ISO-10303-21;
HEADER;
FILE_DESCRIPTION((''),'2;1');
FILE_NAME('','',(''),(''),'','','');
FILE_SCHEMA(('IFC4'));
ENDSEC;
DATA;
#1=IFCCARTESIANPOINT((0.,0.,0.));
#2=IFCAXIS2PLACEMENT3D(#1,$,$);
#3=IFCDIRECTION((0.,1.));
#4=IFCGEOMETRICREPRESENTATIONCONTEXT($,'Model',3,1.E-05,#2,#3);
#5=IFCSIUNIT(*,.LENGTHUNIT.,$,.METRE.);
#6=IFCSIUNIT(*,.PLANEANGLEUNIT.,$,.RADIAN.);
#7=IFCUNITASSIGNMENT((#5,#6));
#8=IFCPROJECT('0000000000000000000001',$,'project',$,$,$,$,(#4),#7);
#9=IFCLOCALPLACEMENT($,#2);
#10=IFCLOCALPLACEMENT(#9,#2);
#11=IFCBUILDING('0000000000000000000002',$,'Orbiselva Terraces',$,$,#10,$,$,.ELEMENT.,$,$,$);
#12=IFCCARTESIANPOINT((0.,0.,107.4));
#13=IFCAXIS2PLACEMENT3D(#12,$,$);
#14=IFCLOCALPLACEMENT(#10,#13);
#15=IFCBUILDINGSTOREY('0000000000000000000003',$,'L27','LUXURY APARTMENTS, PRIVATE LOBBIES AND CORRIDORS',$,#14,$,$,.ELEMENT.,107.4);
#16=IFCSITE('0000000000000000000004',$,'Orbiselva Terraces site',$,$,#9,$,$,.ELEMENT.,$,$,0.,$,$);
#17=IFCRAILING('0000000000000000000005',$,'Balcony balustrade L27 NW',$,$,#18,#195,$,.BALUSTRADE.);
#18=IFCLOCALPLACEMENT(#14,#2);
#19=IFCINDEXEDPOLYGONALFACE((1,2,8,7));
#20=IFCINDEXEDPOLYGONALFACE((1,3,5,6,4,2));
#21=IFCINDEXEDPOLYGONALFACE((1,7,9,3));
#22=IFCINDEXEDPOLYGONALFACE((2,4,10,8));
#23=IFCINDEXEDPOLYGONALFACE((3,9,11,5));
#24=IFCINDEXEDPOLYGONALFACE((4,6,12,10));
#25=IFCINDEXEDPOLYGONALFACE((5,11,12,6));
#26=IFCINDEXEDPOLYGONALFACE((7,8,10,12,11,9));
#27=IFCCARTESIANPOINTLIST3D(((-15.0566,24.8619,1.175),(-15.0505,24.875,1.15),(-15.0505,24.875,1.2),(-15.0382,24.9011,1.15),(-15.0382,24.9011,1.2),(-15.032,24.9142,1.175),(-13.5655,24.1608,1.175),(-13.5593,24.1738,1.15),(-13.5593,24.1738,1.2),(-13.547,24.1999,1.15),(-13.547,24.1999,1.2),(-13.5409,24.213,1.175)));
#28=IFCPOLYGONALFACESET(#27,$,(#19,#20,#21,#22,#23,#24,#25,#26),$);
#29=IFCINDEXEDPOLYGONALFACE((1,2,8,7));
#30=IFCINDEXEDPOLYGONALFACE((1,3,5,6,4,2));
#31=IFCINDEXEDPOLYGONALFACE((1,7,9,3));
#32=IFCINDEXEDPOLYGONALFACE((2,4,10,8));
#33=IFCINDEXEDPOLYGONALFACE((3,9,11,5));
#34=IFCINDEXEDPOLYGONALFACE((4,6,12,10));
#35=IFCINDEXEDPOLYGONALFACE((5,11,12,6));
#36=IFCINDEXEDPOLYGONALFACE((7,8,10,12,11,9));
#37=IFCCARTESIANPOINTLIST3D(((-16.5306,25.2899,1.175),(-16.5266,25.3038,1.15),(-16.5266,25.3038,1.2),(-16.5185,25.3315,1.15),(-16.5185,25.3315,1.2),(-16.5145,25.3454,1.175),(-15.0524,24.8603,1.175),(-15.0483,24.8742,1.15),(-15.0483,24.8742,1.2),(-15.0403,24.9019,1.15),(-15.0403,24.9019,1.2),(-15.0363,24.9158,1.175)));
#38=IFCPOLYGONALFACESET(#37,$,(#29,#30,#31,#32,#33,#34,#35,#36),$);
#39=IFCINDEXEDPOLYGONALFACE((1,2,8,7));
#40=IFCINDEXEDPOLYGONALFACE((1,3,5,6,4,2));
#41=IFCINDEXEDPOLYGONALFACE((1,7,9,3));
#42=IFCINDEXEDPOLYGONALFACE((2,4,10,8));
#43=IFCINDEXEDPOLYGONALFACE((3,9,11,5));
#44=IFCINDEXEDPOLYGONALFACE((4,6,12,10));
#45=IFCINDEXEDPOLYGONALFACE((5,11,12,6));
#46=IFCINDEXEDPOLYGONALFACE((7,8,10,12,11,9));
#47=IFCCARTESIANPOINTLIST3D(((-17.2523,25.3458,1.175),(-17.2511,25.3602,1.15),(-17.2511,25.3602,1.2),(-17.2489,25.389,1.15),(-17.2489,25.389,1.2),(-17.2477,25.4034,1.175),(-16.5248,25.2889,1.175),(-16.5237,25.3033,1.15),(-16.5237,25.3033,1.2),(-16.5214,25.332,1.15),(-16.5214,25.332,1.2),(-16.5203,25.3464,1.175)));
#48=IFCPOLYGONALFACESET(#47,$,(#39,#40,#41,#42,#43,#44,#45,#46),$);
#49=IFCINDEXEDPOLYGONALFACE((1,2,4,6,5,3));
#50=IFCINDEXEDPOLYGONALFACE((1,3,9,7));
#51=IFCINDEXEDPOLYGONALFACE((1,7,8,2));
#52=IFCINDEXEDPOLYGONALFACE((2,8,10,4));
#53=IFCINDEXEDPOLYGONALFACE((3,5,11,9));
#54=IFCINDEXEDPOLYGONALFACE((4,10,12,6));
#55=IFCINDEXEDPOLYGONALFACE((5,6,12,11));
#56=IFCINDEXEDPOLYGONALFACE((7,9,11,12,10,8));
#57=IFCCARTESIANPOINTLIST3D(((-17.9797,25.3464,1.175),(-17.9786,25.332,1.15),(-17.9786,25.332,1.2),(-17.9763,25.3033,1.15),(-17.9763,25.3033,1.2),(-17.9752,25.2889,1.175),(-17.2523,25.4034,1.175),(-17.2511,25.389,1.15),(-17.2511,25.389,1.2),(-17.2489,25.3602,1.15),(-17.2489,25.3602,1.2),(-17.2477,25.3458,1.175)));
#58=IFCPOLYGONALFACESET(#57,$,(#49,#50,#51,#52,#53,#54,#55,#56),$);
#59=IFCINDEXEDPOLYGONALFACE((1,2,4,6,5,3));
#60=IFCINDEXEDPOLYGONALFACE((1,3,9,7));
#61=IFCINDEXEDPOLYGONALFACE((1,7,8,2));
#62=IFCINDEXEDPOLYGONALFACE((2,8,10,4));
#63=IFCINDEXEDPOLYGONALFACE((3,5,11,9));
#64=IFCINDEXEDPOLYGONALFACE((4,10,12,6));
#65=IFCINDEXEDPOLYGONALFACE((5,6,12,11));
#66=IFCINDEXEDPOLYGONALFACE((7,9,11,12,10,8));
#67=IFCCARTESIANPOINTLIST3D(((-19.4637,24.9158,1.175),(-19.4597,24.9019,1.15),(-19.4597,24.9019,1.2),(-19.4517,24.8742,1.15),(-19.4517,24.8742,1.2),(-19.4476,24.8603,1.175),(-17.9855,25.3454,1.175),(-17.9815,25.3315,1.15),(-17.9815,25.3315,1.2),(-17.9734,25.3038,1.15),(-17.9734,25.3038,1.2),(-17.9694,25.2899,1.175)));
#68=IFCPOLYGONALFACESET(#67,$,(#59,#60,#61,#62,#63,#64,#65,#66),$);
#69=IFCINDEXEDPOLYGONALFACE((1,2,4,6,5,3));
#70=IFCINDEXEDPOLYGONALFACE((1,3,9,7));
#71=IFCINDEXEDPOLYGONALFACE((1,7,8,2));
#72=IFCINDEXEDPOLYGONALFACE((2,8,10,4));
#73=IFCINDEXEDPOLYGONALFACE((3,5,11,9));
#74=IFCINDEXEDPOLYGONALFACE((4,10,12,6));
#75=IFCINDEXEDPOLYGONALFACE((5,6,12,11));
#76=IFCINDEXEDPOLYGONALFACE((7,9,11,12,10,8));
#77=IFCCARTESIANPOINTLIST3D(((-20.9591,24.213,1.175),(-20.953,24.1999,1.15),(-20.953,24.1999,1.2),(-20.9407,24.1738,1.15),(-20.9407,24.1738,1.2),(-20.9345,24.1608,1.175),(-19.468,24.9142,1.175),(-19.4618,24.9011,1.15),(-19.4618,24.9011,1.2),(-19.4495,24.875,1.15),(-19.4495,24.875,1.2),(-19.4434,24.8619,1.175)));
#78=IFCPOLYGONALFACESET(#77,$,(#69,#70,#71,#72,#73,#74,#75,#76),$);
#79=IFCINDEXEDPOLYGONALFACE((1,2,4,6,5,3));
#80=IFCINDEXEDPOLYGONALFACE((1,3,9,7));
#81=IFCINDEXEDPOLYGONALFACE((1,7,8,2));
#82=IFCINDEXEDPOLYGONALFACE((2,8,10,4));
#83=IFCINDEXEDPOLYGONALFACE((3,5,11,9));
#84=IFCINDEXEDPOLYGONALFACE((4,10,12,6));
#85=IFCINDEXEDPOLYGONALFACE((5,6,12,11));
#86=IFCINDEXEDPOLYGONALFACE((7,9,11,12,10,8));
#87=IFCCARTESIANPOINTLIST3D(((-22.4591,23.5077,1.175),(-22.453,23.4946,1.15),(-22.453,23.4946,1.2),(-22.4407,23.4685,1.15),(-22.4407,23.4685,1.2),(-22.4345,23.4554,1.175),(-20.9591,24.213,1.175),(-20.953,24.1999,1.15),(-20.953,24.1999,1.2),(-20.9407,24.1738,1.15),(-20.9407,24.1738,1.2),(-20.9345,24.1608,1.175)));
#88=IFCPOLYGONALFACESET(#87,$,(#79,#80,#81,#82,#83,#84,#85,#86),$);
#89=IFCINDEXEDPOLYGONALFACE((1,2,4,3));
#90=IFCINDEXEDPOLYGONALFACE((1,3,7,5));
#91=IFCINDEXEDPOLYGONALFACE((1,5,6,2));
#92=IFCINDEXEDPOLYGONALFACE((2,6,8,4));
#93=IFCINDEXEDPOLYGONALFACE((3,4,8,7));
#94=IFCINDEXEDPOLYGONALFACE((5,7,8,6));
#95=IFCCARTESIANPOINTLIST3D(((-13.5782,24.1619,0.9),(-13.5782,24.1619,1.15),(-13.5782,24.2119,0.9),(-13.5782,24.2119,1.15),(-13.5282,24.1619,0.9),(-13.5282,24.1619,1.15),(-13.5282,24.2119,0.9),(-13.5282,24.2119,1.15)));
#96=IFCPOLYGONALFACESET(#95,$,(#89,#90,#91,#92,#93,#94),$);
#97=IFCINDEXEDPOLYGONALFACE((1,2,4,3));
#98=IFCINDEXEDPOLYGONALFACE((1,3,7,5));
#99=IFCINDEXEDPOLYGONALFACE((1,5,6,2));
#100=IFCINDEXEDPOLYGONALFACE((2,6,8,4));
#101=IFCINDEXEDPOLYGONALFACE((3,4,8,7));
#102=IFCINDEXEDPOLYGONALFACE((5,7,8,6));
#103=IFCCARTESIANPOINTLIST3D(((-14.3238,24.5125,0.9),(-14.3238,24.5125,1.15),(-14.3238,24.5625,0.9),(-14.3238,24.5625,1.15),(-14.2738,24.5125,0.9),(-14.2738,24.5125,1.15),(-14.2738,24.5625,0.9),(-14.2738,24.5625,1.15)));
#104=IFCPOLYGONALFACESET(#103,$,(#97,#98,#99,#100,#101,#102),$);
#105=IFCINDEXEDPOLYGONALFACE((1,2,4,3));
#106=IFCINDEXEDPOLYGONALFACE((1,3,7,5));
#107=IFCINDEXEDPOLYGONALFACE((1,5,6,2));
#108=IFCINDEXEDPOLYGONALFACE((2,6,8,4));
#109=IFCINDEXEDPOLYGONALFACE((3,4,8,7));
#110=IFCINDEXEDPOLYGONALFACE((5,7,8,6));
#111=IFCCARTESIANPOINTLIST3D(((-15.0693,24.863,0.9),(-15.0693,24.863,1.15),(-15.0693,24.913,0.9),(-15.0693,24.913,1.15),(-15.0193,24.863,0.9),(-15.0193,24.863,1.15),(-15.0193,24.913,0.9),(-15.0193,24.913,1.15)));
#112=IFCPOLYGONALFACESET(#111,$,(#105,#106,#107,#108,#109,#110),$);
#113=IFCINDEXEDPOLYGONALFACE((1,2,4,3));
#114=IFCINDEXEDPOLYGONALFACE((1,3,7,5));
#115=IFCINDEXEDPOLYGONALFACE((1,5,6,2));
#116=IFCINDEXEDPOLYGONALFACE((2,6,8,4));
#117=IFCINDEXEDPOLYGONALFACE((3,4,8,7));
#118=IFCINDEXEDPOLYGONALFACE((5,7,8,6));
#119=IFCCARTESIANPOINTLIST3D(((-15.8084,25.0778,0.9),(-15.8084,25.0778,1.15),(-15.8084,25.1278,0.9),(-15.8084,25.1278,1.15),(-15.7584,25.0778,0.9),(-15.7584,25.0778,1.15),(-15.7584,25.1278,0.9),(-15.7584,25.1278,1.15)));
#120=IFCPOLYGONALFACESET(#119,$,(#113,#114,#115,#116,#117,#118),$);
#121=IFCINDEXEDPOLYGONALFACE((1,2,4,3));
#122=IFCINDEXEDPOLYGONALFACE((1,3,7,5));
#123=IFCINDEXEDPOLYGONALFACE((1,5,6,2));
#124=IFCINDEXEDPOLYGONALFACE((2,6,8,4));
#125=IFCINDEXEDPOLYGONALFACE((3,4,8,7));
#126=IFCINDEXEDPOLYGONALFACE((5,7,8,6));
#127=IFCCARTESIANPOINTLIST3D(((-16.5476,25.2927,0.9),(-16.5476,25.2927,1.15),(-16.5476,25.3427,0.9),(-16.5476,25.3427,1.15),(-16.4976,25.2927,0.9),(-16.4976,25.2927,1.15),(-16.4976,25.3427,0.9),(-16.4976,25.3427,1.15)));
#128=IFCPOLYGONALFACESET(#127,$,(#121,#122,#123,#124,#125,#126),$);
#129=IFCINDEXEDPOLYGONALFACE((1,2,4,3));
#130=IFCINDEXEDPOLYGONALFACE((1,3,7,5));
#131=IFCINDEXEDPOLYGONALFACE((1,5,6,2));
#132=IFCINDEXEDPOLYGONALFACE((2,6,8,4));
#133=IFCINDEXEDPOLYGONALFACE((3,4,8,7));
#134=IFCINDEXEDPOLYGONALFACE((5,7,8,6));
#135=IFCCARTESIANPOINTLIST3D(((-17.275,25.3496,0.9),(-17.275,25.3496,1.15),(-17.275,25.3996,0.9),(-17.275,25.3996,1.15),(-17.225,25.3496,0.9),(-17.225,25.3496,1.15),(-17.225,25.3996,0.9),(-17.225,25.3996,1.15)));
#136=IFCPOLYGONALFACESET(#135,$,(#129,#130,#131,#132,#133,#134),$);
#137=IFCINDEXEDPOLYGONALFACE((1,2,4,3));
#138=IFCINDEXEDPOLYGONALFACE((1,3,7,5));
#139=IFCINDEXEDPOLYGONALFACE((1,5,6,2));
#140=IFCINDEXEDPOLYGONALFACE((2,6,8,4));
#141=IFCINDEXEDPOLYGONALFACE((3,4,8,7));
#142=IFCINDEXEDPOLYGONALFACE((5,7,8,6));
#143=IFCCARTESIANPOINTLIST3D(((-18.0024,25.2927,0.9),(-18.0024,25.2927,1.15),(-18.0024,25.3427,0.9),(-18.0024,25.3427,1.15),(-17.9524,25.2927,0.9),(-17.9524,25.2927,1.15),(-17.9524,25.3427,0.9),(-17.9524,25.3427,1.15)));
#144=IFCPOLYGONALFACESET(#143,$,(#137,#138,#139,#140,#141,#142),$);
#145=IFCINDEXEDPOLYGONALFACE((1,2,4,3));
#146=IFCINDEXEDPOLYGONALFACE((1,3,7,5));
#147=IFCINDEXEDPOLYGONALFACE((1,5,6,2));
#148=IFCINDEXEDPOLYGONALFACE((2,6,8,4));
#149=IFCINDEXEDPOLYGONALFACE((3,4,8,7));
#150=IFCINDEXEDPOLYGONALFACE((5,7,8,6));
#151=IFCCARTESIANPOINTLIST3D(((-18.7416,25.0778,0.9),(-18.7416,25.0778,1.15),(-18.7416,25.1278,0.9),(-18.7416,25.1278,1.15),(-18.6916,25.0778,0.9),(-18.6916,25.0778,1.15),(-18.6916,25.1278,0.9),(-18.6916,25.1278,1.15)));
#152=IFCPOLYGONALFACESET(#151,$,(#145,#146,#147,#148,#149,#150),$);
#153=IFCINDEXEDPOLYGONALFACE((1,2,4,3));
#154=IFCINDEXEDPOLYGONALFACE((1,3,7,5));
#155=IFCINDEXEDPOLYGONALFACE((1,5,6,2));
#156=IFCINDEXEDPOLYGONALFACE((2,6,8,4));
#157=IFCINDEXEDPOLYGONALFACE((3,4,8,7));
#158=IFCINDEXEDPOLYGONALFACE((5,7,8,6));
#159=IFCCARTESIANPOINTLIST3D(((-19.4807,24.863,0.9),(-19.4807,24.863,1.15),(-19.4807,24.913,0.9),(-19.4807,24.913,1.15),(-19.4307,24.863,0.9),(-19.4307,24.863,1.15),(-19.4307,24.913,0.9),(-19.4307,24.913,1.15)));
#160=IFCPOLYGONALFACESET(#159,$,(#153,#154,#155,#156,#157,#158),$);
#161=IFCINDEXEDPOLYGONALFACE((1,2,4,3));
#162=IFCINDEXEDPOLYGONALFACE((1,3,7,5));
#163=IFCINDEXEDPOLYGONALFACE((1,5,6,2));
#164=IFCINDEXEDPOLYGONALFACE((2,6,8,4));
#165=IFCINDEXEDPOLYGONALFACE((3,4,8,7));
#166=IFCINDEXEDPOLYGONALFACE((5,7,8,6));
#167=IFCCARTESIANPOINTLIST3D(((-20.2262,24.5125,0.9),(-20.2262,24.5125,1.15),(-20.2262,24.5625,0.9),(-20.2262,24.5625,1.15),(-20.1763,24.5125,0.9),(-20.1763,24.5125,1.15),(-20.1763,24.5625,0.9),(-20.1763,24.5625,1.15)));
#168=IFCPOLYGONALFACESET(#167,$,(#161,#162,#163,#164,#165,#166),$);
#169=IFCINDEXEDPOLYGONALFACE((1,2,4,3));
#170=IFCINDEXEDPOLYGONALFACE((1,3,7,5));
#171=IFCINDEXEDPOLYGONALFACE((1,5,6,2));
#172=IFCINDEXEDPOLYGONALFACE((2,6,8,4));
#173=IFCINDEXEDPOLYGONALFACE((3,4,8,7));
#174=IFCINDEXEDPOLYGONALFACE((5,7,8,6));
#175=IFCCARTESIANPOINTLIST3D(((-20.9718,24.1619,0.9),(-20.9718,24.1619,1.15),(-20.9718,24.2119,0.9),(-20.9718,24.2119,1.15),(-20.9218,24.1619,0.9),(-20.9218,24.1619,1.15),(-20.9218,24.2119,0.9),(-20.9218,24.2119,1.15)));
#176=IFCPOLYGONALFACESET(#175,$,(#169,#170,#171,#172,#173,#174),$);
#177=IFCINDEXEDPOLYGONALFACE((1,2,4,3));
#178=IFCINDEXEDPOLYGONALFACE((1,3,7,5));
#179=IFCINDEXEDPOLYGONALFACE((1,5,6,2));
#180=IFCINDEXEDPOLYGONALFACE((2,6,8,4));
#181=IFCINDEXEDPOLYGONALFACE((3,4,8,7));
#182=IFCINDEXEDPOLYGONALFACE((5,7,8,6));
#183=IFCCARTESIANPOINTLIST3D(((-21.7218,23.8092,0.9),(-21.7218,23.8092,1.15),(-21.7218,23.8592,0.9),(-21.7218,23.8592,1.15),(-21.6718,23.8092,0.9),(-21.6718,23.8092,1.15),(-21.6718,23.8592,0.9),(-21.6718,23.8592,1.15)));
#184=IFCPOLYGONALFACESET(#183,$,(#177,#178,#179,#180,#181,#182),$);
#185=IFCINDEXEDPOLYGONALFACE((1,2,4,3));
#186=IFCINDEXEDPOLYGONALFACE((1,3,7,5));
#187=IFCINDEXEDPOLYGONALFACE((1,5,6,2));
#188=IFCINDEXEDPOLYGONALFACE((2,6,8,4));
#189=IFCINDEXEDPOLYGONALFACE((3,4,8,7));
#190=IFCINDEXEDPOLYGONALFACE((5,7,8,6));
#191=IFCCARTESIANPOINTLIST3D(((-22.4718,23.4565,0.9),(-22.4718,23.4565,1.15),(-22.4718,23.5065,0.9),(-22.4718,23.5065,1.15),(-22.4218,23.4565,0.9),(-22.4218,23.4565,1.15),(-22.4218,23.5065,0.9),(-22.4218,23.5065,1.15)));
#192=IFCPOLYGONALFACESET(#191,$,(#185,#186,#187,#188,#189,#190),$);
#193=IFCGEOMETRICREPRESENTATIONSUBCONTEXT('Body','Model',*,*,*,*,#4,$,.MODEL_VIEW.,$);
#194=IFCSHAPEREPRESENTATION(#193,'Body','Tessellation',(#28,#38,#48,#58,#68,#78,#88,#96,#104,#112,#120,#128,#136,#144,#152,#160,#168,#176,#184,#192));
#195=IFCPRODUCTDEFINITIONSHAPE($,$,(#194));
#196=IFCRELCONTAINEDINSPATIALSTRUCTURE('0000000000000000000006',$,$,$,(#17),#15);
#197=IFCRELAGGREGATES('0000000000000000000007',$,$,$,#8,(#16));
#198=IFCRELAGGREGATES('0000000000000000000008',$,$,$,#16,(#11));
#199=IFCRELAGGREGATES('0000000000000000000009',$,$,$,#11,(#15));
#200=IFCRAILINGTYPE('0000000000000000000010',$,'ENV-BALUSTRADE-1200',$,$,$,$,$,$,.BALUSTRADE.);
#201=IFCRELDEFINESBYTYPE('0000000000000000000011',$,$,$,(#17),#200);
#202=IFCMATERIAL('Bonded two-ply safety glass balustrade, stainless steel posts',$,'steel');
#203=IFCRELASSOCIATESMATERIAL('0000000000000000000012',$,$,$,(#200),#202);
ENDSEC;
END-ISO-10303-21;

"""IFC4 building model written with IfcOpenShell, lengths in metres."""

from ifc_helpers import new_model, si_unit, direction, frame, origin, origin_2d, place, context, subcontext, project, spatial, polyline, rectangle, outline, extrude, material, type_object, element, save


model = new_model("IFC4")

# Units and contexts
model_context = context("Model", 3, precision=1e-05, world=origin(), true_north=direction((0.0, 1.0)))
body_context = subcontext(model_context, "Body", "Model", "MODEL_VIEW")
ifc_project = project(units=[si_unit("LENGTHUNIT", "METRE"), si_unit("PLANEANGLEUNIT", "RADIAN")], contexts=[model_context])

# Site, building, storey
site_placement = place(None, origin())
site = spatial("IfcSite", under=ifc_project, at=site_placement, Name="Orbiselva Terraces site", CompositionType="ELEMENT", RefElevation=0.0)
building_placement = place(site_placement, origin())
building = spatial("IfcBuilding", under=site, at=building_placement, Name="Orbiselva Terraces", CompositionType="ELEMENT")
storey_placement = place(building_placement, frame((0.0, 0.0, 107.4)))
storey = spatial("IfcBuildingStorey", under=building, at=storey_placement, Name="L27", Description="LUXURY APARTMENTS, PRIVATE LOBBIES AND CORRIDORS", CompositionType="ELEMENT", Elevation=107.4)

# Railing
ifc_material_1 = material(Name="Bonded two-ply safety glass balustrade, stainless steel posts", Category="steel")
railing_type_1 = type_object("IfcRailingType", Name="ENV-BALUSTRADE-1200", PredefinedType="BALUSTRADE", material=ifc_material_1)
railing_1_placement = place(storey_placement, frame((-13.5532, 24.1869, 0.9)))
element("IfcRailing", 1, at=railing_1_placement, inside=storey, type_object=railing_type_1, Name="Balcony balustrade L27 NW", PredefinedType="BALUSTRADE", context=body_context, shape_type="SweptSolid", body=[
    extrude(outline(polyline([(0.0289, 0.0), (0.0144, 0.025), (-0.0144, 0.025), (-0.0289, 0.0), (-0.0144, -0.025), (0.0144, -0.025), (0.0289, 0.0)])), frame((0.0, 0.0, 0.275), z_axis=(-0.904944, 0.42553, 0.0), x_axis=(-0.42553, -0.904944, 0.0)), (0.0, 0.0, 1.0), 1.6477),
    extrude(outline(polyline([(0.0289, 0.0), (0.0144, 0.025), (-0.0144, 0.025), (-0.0289, 0.0), (-0.0144, -0.025), (0.0144, -0.025), (0.0289, 0.0)])), frame((-1.4911, 0.7012, 0.275), z_axis=(-0.96027, 0.279072, 0.0), x_axis=(-0.279072, -0.96027, 0.0)), (0.0, 0.0, 1.0), 1.5394),
    extrude(outline(polyline([(0.0289, 0.0), (0.0144, 0.025), (-0.0144, 0.025), (-0.0289, 0.0), (-0.0144, -0.025), (0.0144, -0.025), (0.0289, 0.0)])), frame((-2.9694, 1.1308, 0.275), z_axis=(-0.996948, 0.07807, 0.0), x_axis=(-0.07807, -0.996948, 0.0)), (0.0, 0.0, 1.0), 0.7297),
    extrude(outline(polyline([(0.0289, 0.0), (0.0144, 0.025), (-0.0144, 0.025), (-0.0289, 0.0), (-0.0144, -0.025), (0.0144, -0.025), (0.0289, 0.0)])), frame((-3.6968, 1.1877, 0.275), z_axis=(-0.996948, -0.07807, 0.0), x_axis=(0.07807, -0.996948, 0.0)), (0.0, 0.0, 1.0), 0.7297),
    extrude(outline(polyline([(0.0289, 0.0), (0.0144, 0.025), (-0.0144, 0.025), (-0.0289, 0.0), (-0.0144, -0.025), (0.0144, -0.025), (0.0289, 0.0)])), frame((-4.4243, 1.1308, 0.275), z_axis=(-0.96027, -0.279072, 0.0), x_axis=(0.279072, -0.96027, 0.0)), (0.0, 0.0, 1.0), 1.5394),
    extrude(outline(polyline([(0.0289, 0.0), (0.0144, 0.025), (-0.0144, 0.025), (-0.0289, 0.0), (-0.0144, -0.025), (0.0144, -0.025), (0.0289, 0.0)])), frame((-5.9025, 0.7012, 0.275), z_axis=(-0.904944, -0.42553, 0.0), x_axis=(0.42553, -0.904944, 0.0)), (0.0, 0.0, 1.0), 1.6477),
    extrude(outline(polyline([(0.0289, 0.0), (0.0144, 0.025), (-0.0144, 0.025), (-0.0289, 0.0), (-0.0144, -0.025), (0.0144, -0.025), (0.0289, 0.0)])), frame((-7.3936, 0.0, 0.275), z_axis=(-0.904944, -0.42553, 0.0), x_axis=(0.42553, -0.904944, 0.0)), (0.0, 0.0, 1.0), 1.6576),
    extrude(rectangle(XDim=0.05, YDim=0.05, at=origin_2d()), origin(), (0.0, 0.0, 1.0), 0.25),
    extrude(rectangle(XDim=0.05, YDim=0.05, at=origin_2d()), frame((-0.7456, 0.3506, 0.0)), (0.0, 0.0, 1.0), 0.25),
    extrude(rectangle(XDim=0.05, YDim=0.05, at=origin_2d()), frame((-1.4911, 0.7012, 0.0)), (0.0, 0.0, 1.0), 0.25),
    extrude(rectangle(XDim=0.05, YDim=0.05, at=origin_2d()), frame((-2.2302, 0.916, 0.0)), (0.0, 0.0, 1.0), 0.25),
    extrude(rectangle(XDim=0.05, YDim=0.05, at=origin_2d()), frame((-2.9694, 1.1308, 0.0)), (0.0, 0.0, 1.0), 0.25),
    extrude(rectangle(XDim=0.05, YDim=0.05, at=origin_2d()), frame((-3.6968, 1.1877, 0.0)), (0.0, 0.0, 1.0), 0.25),
    extrude(rectangle(XDim=0.05, YDim=0.05, at=origin_2d()), frame((-4.4243, 1.1308, 0.0)), (0.0, 0.0, 1.0), 0.25),
    extrude(rectangle(XDim=0.05, YDim=0.05, at=origin_2d()), frame((-5.1634, 0.916, 0.0)), (0.0, 0.0, 1.0), 0.25),
    extrude(rectangle(XDim=0.05, YDim=0.05, at=origin_2d()), frame((-5.9025, 0.7012, 0.0)), (0.0, 0.0, 1.0), 0.25),
    extrude(rectangle(XDim=0.05, YDim=0.05, at=origin_2d()), frame((-6.6481, 0.3506, 0.0)), (0.0, 0.0, 1.0), 0.25),
    extrude(rectangle(XDim=0.05, YDim=0.05, at=origin_2d()), frame((-7.3936, 0.0, 0.0)), (0.0, 0.0, 1.0), 0.25),
    extrude(rectangle(XDim=0.05, YDim=0.05, at=origin_2d()), frame((-8.1436, -0.3527, 0.0)), (0.0, 0.0, 1.0), 0.25),
    extrude(rectangle(XDim=0.05, YDim=0.05, at=origin_2d()), frame((-8.8936, -0.7053, 0.0)), (0.0, 0.0, 1.0), 0.25),
])

save(model, "model.ifc")
